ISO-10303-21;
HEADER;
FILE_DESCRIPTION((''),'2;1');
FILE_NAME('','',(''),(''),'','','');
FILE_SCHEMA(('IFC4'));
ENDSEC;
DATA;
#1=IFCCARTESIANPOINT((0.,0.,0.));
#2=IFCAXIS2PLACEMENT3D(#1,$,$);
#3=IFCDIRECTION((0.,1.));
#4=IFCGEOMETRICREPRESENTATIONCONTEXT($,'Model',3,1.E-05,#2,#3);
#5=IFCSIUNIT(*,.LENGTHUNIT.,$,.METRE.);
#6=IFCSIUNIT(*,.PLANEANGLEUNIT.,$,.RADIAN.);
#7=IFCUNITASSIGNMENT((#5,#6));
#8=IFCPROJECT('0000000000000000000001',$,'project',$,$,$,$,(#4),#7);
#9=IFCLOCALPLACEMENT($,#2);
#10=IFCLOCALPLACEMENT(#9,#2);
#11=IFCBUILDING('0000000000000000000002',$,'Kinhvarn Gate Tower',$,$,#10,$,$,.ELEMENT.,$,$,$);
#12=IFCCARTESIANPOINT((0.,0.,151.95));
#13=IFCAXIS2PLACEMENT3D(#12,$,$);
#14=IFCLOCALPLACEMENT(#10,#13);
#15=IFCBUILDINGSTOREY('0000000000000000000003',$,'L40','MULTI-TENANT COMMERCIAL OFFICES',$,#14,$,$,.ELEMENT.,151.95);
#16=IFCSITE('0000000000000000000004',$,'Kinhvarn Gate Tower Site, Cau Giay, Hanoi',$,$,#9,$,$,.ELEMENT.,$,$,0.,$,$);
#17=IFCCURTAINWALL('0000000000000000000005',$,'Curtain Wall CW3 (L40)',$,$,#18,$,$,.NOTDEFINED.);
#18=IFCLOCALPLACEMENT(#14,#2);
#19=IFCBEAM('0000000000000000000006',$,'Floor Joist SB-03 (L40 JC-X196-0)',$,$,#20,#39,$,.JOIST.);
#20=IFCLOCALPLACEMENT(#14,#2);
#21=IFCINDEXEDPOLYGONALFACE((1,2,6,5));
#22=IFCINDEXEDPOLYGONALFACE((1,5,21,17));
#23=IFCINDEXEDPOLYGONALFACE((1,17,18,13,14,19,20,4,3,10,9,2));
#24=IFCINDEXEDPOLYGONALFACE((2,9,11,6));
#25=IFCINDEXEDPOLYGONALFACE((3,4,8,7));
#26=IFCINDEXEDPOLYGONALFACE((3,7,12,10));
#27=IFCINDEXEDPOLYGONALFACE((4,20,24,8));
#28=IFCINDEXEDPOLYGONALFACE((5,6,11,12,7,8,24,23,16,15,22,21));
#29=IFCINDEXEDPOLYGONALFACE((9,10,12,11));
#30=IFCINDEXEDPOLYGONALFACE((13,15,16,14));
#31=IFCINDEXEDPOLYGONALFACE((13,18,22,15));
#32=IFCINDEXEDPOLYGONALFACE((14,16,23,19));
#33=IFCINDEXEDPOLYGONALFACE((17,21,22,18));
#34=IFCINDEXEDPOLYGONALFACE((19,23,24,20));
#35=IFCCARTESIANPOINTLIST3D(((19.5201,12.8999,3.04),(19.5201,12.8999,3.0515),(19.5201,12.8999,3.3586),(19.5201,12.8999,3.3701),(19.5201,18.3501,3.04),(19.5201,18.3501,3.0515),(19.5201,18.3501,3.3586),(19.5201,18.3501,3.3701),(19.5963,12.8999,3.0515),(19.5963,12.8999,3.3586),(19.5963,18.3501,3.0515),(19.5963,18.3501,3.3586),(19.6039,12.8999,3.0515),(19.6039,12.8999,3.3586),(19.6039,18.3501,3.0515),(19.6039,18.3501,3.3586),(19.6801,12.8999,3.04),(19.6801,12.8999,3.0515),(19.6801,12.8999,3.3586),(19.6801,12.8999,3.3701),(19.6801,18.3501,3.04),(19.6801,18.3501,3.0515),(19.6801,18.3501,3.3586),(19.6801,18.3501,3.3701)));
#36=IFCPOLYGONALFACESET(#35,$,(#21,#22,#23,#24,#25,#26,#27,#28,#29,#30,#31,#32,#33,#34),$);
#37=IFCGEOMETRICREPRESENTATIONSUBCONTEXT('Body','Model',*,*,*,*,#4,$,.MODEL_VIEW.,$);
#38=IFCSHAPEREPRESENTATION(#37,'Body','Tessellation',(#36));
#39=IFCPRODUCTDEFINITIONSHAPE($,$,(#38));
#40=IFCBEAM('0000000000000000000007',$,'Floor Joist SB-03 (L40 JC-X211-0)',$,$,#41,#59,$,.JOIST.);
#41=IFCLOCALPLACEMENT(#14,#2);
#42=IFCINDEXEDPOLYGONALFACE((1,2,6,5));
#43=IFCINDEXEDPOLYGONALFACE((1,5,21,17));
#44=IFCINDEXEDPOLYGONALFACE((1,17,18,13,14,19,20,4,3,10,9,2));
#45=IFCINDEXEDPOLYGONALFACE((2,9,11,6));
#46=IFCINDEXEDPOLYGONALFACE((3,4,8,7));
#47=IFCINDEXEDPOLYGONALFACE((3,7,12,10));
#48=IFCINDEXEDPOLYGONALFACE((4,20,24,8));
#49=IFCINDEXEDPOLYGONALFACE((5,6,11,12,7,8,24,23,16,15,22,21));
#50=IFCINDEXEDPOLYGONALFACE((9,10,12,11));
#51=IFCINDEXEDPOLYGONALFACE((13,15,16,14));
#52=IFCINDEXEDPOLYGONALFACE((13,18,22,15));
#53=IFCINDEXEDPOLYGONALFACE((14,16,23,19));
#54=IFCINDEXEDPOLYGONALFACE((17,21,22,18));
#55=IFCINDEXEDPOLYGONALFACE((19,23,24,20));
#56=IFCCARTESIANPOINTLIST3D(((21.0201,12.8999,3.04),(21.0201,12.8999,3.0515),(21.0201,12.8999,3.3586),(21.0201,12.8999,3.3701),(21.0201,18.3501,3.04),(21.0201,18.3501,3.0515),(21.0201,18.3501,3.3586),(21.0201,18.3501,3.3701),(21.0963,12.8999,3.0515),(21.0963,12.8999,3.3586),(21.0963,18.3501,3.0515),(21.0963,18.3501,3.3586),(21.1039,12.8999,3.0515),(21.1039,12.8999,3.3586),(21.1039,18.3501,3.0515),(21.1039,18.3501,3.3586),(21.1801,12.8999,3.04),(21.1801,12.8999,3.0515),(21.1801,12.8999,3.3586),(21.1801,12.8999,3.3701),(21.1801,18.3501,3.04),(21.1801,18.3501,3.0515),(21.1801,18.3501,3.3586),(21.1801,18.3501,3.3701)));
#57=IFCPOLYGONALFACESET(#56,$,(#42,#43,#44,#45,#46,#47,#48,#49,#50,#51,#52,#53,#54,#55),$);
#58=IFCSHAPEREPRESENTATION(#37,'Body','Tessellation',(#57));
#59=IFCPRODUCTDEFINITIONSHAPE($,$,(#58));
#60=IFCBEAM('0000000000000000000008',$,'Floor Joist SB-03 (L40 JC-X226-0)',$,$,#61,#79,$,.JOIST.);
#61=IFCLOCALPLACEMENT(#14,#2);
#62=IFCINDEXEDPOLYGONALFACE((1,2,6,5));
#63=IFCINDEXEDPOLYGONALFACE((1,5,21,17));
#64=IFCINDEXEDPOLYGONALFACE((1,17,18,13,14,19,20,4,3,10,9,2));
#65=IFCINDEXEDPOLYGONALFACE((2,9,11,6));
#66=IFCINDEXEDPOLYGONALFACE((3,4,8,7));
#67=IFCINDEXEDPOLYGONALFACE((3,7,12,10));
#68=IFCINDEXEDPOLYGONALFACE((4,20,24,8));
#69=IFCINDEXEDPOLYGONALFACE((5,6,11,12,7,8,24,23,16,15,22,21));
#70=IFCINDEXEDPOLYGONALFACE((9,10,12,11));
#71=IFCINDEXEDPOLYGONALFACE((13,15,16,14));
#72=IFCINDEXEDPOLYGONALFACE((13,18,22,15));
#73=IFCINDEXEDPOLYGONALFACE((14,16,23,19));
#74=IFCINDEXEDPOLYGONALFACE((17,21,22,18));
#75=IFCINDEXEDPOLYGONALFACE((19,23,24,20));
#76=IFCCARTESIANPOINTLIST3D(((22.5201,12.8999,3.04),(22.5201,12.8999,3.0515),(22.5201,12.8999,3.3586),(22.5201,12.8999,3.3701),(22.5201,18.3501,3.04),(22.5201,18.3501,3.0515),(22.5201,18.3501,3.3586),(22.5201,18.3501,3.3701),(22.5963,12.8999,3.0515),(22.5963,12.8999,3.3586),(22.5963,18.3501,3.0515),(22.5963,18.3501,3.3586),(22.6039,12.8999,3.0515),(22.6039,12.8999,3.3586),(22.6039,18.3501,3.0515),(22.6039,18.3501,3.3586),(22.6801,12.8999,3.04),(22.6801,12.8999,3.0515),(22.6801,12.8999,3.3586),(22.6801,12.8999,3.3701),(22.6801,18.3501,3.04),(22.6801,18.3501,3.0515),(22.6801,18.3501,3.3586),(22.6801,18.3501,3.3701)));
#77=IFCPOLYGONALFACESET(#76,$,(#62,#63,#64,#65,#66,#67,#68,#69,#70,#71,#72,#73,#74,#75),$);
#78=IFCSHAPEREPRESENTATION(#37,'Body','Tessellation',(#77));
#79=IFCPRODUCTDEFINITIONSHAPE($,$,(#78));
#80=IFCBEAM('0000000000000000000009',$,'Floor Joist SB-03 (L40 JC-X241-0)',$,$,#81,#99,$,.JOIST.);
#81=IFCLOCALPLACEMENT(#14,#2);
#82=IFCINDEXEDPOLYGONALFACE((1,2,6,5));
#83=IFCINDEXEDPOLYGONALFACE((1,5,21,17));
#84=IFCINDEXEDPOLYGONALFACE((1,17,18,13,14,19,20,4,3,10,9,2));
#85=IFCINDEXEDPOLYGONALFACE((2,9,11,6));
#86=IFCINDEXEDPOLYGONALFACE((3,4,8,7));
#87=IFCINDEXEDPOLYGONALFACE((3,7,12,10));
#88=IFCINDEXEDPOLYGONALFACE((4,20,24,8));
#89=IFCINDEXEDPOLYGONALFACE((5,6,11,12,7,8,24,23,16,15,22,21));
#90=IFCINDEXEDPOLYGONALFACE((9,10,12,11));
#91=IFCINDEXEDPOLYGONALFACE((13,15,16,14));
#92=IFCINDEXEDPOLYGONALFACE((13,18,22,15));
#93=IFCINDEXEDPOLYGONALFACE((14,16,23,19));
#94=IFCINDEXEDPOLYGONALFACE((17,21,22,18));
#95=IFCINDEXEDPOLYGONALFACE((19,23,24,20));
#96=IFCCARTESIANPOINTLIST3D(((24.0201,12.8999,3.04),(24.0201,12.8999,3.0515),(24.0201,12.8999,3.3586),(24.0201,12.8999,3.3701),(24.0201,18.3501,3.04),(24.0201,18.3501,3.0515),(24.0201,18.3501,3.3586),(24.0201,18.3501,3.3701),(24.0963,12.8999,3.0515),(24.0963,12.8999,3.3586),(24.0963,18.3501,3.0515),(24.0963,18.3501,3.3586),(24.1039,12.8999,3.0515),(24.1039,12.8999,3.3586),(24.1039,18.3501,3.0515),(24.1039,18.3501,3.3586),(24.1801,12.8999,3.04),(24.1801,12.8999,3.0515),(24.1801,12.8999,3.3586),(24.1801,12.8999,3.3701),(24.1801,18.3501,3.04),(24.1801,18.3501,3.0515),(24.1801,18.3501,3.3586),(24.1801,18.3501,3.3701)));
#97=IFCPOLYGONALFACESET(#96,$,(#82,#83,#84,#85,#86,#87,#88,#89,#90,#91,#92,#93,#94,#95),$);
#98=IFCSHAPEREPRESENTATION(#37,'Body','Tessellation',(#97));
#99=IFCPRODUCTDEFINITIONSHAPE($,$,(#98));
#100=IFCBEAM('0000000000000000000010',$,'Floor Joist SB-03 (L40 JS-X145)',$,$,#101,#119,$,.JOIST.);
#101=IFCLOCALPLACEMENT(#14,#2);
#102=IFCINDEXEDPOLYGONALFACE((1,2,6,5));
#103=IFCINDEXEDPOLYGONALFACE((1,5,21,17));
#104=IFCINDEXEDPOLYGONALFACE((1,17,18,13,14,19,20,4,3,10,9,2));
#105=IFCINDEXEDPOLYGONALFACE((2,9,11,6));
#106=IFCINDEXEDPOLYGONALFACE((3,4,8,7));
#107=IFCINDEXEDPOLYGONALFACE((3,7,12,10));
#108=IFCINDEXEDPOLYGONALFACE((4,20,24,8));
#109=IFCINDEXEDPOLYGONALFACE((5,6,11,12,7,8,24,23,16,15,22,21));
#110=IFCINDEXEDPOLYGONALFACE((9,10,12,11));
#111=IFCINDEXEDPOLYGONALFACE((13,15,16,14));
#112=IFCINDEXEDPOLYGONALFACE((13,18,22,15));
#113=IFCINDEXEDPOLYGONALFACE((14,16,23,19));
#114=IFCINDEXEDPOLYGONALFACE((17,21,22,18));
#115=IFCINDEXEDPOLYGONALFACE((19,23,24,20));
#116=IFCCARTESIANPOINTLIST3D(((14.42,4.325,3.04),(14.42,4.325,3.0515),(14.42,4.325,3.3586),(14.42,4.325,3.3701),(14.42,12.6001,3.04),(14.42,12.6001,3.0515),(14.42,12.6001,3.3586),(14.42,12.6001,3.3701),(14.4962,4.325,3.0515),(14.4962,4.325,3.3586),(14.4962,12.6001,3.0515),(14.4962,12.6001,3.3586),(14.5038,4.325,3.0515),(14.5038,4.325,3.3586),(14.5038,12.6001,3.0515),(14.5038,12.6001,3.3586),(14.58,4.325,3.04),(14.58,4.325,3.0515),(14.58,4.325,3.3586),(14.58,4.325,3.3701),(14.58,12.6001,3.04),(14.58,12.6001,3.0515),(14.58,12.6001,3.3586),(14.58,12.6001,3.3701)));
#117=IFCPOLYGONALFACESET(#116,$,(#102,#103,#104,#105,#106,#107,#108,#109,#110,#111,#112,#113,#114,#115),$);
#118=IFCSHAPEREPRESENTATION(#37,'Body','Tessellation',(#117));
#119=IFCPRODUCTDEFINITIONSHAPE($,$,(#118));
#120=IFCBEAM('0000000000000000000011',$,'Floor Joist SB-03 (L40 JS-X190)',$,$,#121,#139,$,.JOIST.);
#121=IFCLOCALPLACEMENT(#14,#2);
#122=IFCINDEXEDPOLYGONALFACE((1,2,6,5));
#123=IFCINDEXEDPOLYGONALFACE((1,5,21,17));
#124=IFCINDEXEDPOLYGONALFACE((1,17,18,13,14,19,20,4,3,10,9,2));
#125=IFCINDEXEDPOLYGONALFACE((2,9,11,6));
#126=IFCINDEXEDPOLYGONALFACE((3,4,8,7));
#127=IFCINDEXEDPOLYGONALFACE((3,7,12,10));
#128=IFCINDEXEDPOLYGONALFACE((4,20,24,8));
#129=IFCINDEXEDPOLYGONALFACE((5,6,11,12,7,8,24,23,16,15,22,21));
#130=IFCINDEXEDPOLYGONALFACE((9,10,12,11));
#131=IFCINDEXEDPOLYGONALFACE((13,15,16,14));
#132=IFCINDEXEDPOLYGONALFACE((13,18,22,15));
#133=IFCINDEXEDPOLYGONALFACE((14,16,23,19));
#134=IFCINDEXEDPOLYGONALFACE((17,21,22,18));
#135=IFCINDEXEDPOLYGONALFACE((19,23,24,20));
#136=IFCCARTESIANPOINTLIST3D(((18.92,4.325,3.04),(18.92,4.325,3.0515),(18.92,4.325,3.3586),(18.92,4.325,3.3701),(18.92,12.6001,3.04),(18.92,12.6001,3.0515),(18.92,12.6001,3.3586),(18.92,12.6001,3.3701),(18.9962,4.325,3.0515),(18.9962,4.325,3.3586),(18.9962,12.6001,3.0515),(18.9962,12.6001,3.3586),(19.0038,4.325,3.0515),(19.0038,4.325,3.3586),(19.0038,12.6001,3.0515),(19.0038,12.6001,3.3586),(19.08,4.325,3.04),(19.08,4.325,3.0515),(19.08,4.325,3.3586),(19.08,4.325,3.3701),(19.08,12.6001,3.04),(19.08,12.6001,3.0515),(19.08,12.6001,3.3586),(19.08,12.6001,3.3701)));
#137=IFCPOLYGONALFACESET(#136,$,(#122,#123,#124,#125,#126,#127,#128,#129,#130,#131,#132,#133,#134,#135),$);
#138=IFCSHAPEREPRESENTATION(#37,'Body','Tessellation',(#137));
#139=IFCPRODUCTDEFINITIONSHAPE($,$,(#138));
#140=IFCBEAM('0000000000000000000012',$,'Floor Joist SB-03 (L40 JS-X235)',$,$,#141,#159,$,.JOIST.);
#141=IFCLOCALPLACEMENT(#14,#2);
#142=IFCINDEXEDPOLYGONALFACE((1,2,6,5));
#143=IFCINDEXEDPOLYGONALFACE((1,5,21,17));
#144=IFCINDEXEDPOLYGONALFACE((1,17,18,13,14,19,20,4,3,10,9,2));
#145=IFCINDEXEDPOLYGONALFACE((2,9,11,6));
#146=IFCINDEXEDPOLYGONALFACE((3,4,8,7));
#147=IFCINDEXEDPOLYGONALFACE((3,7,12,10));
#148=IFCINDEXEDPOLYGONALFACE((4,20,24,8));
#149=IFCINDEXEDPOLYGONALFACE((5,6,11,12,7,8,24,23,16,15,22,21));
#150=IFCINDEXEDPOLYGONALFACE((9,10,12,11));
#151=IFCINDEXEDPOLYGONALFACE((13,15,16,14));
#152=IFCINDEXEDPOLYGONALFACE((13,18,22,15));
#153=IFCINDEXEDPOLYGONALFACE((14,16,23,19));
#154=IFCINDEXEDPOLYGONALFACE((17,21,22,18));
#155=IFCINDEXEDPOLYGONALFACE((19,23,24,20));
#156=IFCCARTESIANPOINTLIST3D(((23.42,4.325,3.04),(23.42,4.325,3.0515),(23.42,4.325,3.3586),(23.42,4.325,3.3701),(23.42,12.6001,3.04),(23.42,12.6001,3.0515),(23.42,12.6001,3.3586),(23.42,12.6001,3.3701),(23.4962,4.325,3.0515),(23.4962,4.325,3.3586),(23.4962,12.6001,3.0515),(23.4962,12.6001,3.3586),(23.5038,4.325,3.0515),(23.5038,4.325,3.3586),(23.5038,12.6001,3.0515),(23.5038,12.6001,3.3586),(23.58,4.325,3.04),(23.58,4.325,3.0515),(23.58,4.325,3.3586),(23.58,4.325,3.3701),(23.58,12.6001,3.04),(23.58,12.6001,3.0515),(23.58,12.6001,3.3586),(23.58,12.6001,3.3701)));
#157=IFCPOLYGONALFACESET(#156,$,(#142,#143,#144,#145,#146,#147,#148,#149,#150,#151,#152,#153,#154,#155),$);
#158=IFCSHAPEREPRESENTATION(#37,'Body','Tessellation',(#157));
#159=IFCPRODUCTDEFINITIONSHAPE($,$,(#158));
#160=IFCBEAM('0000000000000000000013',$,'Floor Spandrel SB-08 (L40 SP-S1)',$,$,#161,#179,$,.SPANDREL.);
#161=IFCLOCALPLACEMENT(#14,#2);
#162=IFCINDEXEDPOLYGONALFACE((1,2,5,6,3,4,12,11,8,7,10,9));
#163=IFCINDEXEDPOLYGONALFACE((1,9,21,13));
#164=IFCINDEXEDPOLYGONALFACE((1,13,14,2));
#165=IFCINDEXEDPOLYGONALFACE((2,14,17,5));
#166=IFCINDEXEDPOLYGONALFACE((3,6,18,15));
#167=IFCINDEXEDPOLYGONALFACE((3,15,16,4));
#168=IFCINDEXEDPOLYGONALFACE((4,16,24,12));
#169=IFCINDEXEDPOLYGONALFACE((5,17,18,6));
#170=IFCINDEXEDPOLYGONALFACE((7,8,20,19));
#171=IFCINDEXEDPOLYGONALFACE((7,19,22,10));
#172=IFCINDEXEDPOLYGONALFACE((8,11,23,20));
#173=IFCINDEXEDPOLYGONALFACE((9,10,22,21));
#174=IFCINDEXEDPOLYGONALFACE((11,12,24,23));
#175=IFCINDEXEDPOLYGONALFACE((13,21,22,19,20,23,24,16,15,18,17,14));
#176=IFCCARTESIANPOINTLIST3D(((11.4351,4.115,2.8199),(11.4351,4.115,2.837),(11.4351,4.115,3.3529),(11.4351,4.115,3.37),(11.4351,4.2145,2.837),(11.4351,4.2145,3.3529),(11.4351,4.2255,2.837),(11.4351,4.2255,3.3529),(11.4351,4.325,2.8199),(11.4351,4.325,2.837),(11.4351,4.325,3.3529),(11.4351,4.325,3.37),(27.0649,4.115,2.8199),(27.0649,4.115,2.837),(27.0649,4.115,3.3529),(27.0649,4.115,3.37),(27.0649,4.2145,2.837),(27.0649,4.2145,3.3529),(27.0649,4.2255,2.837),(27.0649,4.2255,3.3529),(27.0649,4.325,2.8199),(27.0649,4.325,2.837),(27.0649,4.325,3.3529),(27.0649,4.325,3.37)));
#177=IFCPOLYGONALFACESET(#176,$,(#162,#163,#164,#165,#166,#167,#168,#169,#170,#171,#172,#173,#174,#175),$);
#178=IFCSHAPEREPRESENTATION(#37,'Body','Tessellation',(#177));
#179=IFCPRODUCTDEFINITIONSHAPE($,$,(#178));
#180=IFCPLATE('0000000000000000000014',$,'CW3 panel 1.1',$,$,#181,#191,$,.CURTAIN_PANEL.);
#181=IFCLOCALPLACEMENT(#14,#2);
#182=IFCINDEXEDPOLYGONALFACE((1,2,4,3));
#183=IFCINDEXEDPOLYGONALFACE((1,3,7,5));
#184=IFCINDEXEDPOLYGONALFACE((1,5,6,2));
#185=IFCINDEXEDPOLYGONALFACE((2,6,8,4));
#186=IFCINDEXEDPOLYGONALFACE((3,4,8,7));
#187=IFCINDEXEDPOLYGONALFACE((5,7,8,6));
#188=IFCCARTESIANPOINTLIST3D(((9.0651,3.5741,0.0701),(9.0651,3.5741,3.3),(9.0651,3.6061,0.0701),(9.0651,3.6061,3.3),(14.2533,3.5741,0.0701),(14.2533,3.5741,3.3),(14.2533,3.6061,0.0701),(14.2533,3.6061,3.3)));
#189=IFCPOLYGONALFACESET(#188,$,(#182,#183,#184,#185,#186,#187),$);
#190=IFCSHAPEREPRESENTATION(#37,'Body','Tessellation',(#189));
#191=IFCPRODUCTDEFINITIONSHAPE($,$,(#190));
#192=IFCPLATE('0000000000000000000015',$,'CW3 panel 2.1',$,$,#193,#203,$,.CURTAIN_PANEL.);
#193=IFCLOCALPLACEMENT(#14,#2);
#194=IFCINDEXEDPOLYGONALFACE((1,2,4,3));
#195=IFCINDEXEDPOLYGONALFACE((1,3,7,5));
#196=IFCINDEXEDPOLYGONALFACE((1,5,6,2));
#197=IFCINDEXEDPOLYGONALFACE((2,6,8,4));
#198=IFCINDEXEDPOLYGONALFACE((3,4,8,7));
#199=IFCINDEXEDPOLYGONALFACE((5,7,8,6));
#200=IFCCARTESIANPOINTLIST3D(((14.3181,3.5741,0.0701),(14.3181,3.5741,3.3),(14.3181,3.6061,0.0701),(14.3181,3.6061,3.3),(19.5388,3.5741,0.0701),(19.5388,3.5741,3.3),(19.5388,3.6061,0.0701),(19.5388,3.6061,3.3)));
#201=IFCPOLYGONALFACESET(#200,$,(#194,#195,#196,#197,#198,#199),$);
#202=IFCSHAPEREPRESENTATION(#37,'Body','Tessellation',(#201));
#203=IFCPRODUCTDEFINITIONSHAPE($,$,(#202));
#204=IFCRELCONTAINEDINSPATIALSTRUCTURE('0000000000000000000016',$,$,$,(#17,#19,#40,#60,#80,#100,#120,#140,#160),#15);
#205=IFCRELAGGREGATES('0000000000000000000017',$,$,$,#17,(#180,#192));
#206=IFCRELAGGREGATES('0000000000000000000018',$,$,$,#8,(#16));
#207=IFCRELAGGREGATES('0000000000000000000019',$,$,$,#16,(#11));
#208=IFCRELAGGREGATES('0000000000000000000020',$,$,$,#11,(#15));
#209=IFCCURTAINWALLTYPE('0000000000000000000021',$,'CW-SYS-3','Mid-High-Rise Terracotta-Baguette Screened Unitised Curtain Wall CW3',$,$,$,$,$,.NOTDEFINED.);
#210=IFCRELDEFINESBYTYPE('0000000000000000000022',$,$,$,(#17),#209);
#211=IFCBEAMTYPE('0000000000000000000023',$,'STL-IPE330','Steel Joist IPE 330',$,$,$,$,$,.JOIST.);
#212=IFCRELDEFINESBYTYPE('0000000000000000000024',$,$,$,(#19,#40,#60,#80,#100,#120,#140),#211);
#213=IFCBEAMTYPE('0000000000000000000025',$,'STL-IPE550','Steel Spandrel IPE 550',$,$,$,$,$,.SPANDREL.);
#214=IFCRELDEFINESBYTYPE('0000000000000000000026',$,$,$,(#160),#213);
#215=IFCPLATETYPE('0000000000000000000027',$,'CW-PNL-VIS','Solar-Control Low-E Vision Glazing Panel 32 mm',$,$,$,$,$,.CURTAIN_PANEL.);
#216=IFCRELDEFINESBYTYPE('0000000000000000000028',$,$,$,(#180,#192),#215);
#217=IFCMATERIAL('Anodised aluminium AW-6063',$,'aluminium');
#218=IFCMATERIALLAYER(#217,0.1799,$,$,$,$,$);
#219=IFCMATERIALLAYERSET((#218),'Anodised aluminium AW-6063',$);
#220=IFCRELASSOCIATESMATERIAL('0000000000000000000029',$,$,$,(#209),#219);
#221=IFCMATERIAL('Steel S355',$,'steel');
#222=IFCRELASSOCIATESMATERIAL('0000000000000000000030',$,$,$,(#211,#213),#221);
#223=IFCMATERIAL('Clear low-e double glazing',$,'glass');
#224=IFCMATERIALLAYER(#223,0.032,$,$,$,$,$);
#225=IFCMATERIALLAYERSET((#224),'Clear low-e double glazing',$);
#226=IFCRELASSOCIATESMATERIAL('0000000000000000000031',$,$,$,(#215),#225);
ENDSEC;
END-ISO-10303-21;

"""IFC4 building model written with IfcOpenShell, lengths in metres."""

from ifc_helpers import new_model, si_unit, direction, frame, origin, origin_2d, place, context, subcontext, project, spatial, rectangle, i_section, extrude, material, layer, layer_set, material_profile, profile_set, type_object, element, aggregate, save


model = new_model("IFC4")

# Units and contexts
model_context = context("Model", 3, precision=1e-05, world=origin(), true_north=direction((0.0, 1.0)))
body_context = subcontext(model_context, "Body", "Model", "MODEL_VIEW")
ifc_project = project(units=[si_unit("LENGTHUNIT", "METRE"), si_unit("PLANEANGLEUNIT", "RADIAN")], contexts=[model_context])

# Site, building, storey
site_placement = place(None, origin())
site = spatial("IfcSite", under=ifc_project, at=site_placement, Name="Kinhvarn Gate Tower Site, Cau Giay, Hanoi", CompositionType="ELEMENT", RefElevation=0.0)
building_placement = place(site_placement, origin())
building = spatial("IfcBuilding", under=site, at=building_placement, Name="Kinhvarn Gate Tower", CompositionType="ELEMENT")
storey_placement = place(building_placement, frame((0.0, 0.0, 151.95)))
storey = spatial("IfcBuildingStorey", under=building, at=storey_placement, Name="L40", Description="MULTI-TENANT COMMERCIAL OFFICES", CompositionType="ELEMENT", Elevation=151.95)

# Curtain wall
ifc_material_1 = material(Name="Anodised aluminium AW-6063", Category="aluminium")
ifc_layer_1 = layer(ifc_material_1, 0.1799)
ifc_layer_set_1 = layer_set([ifc_layer_1], Name="Anodised aluminium AW-6063")
curtain_wall_type = type_object("IfcCurtainWallType", Name="CW-SYS-3", Description="Mid-High-Rise Terracotta-Baguette Screened Unitised Curtain Wall CW3", PredefinedType="NOTDEFINED", material=ifc_layer_set_1)
curtain_wall_placement = place(storey_placement, origin())
curtain_wall = element("IfcCurtainWall", 1, at=curtain_wall_placement, inside=storey, type_object=curtain_wall_type, Name="Curtain Wall CW3 (L40)", PredefinedType="NOTDEFINED")

# Beams
ifc_material_2 = material(Name="Steel S355", Category="steel")
ifc_material_profile_1 = material_profile(ifc_material_2, i_section(OverallWidth=0.1599, OverallDepth=0.3301, WebThickness=0.0076, FlangeThickness=0.0115, at=origin_2d()), Name="IPE 330")
ifc_profile_set_1 = profile_set([ifc_material_profile_1], Name="Steel S355")
beam_type_1 = type_object("IfcBeamType", Name="STL-IPE330", Description="Steel Joist IPE 330", PredefinedType="JOIST", material=ifc_profile_set_1)
for number, where, z_axis, x_axis, name in (
    (2, (19.6001, 12.8999, 3.2051), (0.0, 1.0, 0.0), (-1.0, 0.0, 0.0), "Floor Joist SB-03 (L40 JC-X196-0)"),
    (3, (21.1001, 12.8999, 3.2051), (0.0, 1.0, 0.0), (-1.0, 0.0, 0.0), "Floor Joist SB-03 (L40 JC-X211-0)"),
    (4, (22.6001, 12.8999, 3.2051), (0.0, 1.0, 0.0), (-1.0, 0.0, 0.0), "Floor Joist SB-03 (L40 JC-X226-0)"),
    (5, (24.1001, 12.8999, 3.2051), (0.0, 1.0, 0.0), (-1.0, 0.0, 0.0), "Floor Joist SB-03 (L40 JC-X241-0)"),
):
    element("IfcBeam", number, at=place(storey_placement, frame(where, z_axis=z_axis, x_axis=x_axis)), inside=storey, type_object=beam_type_1, Name=name, PredefinedType="JOIST", context=body_context, shape_type="SweptSolid", body=[
        extrude(i_section(OverallWidth=0.1599, OverallDepth=0.3301, WebThickness=0.0076, FlangeThickness=0.0115, at=origin_2d()), origin(), (0.0, 0.0, 1.0), 5.4502),
    ])
for number, where, z_axis, x_axis, name in (
    (6, (14.5, 4.325, 3.2051), (0.0, 1.0, 0.0), (-1.0, 0.0, 0.0), "Floor Joist SB-03 (L40 JS-X145)"),
    (7, (19.0, 4.325, 3.2051), (0.0, 1.0, 0.0), (-1.0, 0.0, 0.0), "Floor Joist SB-03 (L40 JS-X190)"),
    (8, (23.5, 4.325, 3.2051), (0.0, 1.0, 0.0), (-1.0, 0.0, 0.0), "Floor Joist SB-03 (L40 JS-X235)"),
):
    element("IfcBeam", number, at=place(storey_placement, frame(where, z_axis=z_axis, x_axis=x_axis)), inside=storey, type_object=beam_type_1, Name=name, PredefinedType="JOIST", context=body_context, shape_type="SweptSolid", body=[
        extrude(i_section(OverallWidth=0.1599, OverallDepth=0.3301, WebThickness=0.0076, FlangeThickness=0.0115, at=origin_2d()), origin(), (0.0, 0.0, 1.0), 8.2751),
    ])
ifc_material_profile_2 = material_profile(ifc_material_2, i_section(OverallWidth=0.21, OverallDepth=0.55, WebThickness=0.011, FlangeThickness=0.0171, at=origin_2d()), Name="IPE 550")
ifc_profile_set_2 = profile_set([ifc_material_profile_2], Name="Steel S355")
beam_type_2 = type_object("IfcBeamType", Name="STL-IPE550", Description="Steel Spandrel IPE 550", PredefinedType="SPANDREL", material=ifc_profile_set_2)
beam_1_placement = place(storey_placement, frame((11.4351, 4.22, 3.095), z_axis=(1.0, 0.0, 0.0), x_axis=(0.0, 1.0, 0.0)))
element("IfcBeam", 9, at=beam_1_placement, inside=storey, type_object=beam_type_2, Name="Floor Spandrel SB-08 (L40 SP-S1)", PredefinedType="SPANDREL", context=body_context, shape_type="SweptSolid", body=[
    extrude(i_section(OverallWidth=0.21, OverallDepth=0.55, WebThickness=0.011, FlangeThickness=0.0171, at=origin_2d()), origin(), (0.0, 0.0, 1.0), 15.6299),
])

# Plates
ifc_material_3 = material(Name="Clear low-e double glazing", Category="glass")
ifc_layer_2 = layer(ifc_material_3, 0.032)
ifc_layer_set_2 = layer_set([ifc_layer_2], Name="Clear low-e double glazing")
plate_type = type_object("IfcPlateType", Name="CW-PNL-VIS", Description="Solar-Control Low-E Vision Glazing Panel 32 mm", PredefinedType="CURTAIN_PANEL", material=ifc_layer_set_2)
plate_1_placement = place(storey_placement, frame((11.6592, 3.5901, 0.0701), z_axis=(0.0, 0.0, 1.0), x_axis=(1.0, 0.0, 0.0)))
plate_1 = element("IfcPlate", 10, at=plate_1_placement, type_object=plate_type, Name="CW3 panel 1.1", PredefinedType="CURTAIN_PANEL", context=body_context, shape_type="SweptSolid", body=[
    extrude(rectangle(XDim=5.1882, YDim=0.032, at=origin_2d()), origin(), (0.0, 0.0, 1.0), 3.23),
])
plate_2_placement = place(storey_placement, frame((16.9285, 3.5901, 0.0701), z_axis=(0.0, 0.0, 1.0), x_axis=(1.0, 0.0, 0.0)))
plate_2 = element("IfcPlate", 11, at=plate_2_placement, type_object=plate_type, Name="CW3 panel 2.1", PredefinedType="CURTAIN_PANEL", context=body_context, shape_type="SweptSolid", body=[
    extrude(rectangle(XDim=5.2207, YDim=0.032, at=origin_2d()), origin(), (0.0, 0.0, 1.0), 3.23),
])
aggregate(curtain_wall, [plate_1, plate_2])

save(model, "model.ifc")
